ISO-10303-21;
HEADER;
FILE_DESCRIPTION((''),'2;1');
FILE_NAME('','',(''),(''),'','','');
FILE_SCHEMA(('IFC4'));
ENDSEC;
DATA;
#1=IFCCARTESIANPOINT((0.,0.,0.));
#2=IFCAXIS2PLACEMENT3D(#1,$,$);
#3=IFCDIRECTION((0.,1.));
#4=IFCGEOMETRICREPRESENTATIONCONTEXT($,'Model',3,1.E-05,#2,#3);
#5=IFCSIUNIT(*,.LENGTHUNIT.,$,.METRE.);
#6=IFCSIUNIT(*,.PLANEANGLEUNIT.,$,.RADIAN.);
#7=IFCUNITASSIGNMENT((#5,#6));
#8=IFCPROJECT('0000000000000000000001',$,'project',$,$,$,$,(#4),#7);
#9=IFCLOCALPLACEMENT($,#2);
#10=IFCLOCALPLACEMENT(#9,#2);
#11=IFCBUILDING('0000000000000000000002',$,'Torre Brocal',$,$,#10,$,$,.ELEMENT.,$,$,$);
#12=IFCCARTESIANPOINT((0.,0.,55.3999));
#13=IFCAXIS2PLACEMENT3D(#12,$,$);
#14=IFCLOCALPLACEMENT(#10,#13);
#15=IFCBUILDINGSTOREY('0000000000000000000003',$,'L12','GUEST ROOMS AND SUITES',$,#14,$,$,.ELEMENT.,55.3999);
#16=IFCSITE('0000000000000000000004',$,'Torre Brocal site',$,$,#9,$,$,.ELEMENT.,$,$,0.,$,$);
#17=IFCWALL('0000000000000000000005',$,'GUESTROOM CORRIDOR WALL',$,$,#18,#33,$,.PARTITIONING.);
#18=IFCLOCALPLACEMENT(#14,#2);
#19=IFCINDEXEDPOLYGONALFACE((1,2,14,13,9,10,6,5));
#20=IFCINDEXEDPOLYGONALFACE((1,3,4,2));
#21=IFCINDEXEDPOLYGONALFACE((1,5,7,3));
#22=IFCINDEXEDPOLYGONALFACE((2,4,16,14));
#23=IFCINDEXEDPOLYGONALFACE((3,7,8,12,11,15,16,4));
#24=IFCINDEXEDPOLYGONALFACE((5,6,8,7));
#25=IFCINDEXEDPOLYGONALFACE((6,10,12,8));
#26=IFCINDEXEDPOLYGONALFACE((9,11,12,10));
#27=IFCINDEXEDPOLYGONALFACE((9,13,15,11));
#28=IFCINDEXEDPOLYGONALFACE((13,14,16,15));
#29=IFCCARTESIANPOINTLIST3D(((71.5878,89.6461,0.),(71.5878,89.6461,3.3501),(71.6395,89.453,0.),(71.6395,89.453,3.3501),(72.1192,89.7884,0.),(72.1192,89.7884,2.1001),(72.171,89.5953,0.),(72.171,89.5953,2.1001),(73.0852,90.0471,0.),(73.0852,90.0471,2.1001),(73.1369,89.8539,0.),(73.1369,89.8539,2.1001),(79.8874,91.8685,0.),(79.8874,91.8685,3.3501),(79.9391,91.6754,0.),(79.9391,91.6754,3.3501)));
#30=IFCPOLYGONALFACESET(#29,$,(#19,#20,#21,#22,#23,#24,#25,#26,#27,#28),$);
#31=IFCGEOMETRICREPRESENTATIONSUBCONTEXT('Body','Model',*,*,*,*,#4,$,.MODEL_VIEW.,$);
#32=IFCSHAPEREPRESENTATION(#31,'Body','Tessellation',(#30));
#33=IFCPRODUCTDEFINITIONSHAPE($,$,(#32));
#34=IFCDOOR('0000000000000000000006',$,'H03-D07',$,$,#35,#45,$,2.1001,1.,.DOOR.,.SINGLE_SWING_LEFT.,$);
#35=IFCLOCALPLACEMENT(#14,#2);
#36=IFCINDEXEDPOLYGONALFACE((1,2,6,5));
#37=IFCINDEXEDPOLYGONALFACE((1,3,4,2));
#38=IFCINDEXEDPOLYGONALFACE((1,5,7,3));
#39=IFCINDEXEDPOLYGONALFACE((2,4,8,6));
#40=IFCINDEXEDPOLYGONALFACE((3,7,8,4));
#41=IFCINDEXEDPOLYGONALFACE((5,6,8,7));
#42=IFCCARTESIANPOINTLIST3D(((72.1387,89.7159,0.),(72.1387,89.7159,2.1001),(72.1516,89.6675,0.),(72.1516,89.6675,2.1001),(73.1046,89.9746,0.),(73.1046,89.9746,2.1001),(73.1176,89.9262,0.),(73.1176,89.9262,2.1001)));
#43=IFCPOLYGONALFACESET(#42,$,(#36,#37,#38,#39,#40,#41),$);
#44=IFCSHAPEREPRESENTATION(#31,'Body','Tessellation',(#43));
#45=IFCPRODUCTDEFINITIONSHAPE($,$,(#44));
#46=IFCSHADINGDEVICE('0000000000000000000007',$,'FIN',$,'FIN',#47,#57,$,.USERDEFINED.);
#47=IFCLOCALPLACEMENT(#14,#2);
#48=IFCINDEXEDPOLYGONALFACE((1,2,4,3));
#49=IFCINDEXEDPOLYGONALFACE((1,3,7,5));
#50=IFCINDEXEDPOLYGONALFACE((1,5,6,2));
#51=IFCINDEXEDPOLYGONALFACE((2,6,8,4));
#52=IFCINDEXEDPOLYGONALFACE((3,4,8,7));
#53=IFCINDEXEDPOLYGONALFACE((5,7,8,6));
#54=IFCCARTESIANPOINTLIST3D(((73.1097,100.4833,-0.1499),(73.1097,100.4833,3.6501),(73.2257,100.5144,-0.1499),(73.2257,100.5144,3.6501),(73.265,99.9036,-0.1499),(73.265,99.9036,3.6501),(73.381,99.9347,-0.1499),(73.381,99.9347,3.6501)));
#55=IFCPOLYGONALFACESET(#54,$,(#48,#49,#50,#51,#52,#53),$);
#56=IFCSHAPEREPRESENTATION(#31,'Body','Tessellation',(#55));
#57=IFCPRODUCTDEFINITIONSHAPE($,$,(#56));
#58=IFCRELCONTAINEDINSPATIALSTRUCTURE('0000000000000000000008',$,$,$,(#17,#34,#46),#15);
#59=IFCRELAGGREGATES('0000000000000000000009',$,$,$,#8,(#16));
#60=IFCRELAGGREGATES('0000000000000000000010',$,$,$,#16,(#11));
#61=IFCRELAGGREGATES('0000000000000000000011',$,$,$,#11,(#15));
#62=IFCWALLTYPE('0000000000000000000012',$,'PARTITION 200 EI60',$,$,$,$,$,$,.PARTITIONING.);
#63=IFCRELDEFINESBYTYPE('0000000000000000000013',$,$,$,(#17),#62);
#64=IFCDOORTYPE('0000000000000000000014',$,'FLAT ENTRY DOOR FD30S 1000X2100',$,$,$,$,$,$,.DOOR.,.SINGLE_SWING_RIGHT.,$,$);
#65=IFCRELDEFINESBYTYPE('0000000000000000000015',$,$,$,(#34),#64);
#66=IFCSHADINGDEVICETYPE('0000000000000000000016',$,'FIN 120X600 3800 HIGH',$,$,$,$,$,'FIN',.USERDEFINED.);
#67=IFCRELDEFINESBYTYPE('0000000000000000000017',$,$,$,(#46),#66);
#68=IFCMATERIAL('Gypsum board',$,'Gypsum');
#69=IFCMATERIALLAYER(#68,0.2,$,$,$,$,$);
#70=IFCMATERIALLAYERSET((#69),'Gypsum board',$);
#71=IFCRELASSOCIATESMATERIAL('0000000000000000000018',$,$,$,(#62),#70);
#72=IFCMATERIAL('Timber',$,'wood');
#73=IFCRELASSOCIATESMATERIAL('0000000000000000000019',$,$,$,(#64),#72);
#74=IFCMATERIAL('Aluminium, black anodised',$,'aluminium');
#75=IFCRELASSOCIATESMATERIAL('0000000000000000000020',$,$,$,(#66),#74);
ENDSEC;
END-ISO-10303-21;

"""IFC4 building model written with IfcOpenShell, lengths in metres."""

from ifc_helpers import new_model, si_unit, direction, frame, frame_2d, origin, origin_2d, place, context, subcontext, project, spatial, rectangle, extrude, material, layer, layer_set, material_profile, profile_set, type_object, element, fill, save


model = new_model("IFC4")

# Units and contexts
model_context = context("Model", 3, precision=1e-05, world=origin(), true_north=direction((0.0, 1.0)))
body_context = subcontext(model_context, "Body", "Model", "MODEL_VIEW")
ifc_project = project(units=[si_unit("LENGTHUNIT", "METRE"), si_unit("PLANEANGLEUNIT", "RADIAN")], contexts=[model_context])

# Site, building, storey
site_placement = place(None, origin())
site = spatial("IfcSite", under=ifc_project, at=site_placement, Name="Torre Brocal site", CompositionType="ELEMENT", RefElevation=0.0)
building_placement = place(site_placement, origin())
building = spatial("IfcBuilding", under=site, at=building_placement, Name="Torre Brocal", CompositionType="ELEMENT")
storey_placement = place(building_placement, frame((0.0, 0.0, 55.3999)))
storey = spatial("IfcBuildingStorey", under=building, at=storey_placement, Name="L12", Description="GUEST ROOMS AND SUITES", CompositionType="ELEMENT", Elevation=55.3999)

# Wall, opening, door
ifc_material_1 = material(Name="Gypsum board", Category="Gypsum")
ifc_layer_1 = layer(ifc_material_1, 0.2)
ifc_layer_set_1 = layer_set([ifc_layer_1], Name="Gypsum board")
wall_type_1 = type_object("IfcWallType", Name="PARTITION 200 EI60", PredefinedType="PARTITIONING", material=ifc_layer_set_1)
wall_1_placement = place(storey_placement, frame((71.6138, 89.5496, 0.0), z_axis=(0.0, 0.0, 1.0), x_axis=(0.965968, 0.258662, 0.0)))
wall_1 = element("IfcWall", 1, at=wall_1_placement, inside=storey, type_object=wall_type_1, Name="GUESTROOM CORRIDOR WALL", PredefinedType="PARTITIONING", context=body_context, shape_type="SweptSolid", body=[
    extrude(rectangle(XDim=8.592, YDim=0.2, at=frame_2d((4.2959, 0.0))), origin(), (0.0, 0.0, 1.0), 3.3501),
])
opening_1_placement = place(wall_1_placement, frame((0.55, 0.0, 0.0)))
opening_1 = element("IfcOpeningElement", 2, at=opening_1_placement, cuts=wall_1, PredefinedType="OPENING", context=body_context, shape_type="SweptSolid", body=[
    extrude(rectangle(XDim=1.0, YDim=2.1001, at=frame_2d((0.5, 1.05))), frame((0.0, 0.1099, 0.0), z_axis=(0.0, -1.0, 0.0), x_axis=(1.0, 0.0, 0.0)), (0.0, 0.0, 1.0), 0.22),
])
ifc_material_2 = material(Name="Timber", Category="wood")
door_type_1 = type_object("IfcDoorType", Name="FLAT ENTRY DOOR FD30S 1000X2100", OperationType="SINGLE_SWING_RIGHT", PredefinedType="DOOR", material=ifc_material_2)
door_1_placement = place(opening_1_placement, origin())
door_1 = element("IfcDoor", 3, at=door_1_placement, inside=storey, type_object=door_type_1, Name="H03-D07", OperationType="SINGLE_SWING_LEFT", OverallHeight=2.1001, OverallWidth=1.0, PredefinedType="DOOR", context=body_context, shape_type="SweptSolid", body=[
    extrude(rectangle(XDim=1.0, YDim=2.1001, at=frame_2d((0.5, 1.05))), frame((0.0, 0.0249, 0.0), z_axis=(0.0, -1.0, 0.0), x_axis=(1.0, 0.0, 0.0)), (0.0, 0.0, 1.0), 0.05),
])
fill(opening_1, door_1)

# Shading device
ifc_material_3 = material(Name="Aluminium, black anodised", Category="aluminium")
ifc_material_profile_1 = material_profile(ifc_material_3, rectangle(XDim=0.1201, YDim=0.6001, at=origin_2d()), Name="FIN 120X600 3800 HIGH")
ifc_profile_set_1 = profile_set([ifc_material_profile_1], Name="Aluminium, black anodised")
shading_device_type = type_object("IfcShadingDeviceType", Name="FIN 120X600 3800 HIGH", ElementType="FIN", PredefinedType="USERDEFINED", material=ifc_profile_set_1)
shading_device_placement = place(storey_placement, frame((73.2454, 100.209, -0.1499), z_axis=(0.0, 0.0, 1.0), x_axis=(-0.965926, -0.258819, 0.0)))
element("IfcShadingDevice", 4, at=shading_device_placement, inside=storey, type_object=shading_device_type, Name="FIN", ObjectType="FIN", PredefinedType="USERDEFINED", context=body_context, shape_type="SweptSolid", body=[
    extrude(rectangle(XDim=0.1201, YDim=0.6001, at=origin_2d()), origin(), (0.0, 0.0, 1.0), 3.8),
])

save(model, "model.ifc")
